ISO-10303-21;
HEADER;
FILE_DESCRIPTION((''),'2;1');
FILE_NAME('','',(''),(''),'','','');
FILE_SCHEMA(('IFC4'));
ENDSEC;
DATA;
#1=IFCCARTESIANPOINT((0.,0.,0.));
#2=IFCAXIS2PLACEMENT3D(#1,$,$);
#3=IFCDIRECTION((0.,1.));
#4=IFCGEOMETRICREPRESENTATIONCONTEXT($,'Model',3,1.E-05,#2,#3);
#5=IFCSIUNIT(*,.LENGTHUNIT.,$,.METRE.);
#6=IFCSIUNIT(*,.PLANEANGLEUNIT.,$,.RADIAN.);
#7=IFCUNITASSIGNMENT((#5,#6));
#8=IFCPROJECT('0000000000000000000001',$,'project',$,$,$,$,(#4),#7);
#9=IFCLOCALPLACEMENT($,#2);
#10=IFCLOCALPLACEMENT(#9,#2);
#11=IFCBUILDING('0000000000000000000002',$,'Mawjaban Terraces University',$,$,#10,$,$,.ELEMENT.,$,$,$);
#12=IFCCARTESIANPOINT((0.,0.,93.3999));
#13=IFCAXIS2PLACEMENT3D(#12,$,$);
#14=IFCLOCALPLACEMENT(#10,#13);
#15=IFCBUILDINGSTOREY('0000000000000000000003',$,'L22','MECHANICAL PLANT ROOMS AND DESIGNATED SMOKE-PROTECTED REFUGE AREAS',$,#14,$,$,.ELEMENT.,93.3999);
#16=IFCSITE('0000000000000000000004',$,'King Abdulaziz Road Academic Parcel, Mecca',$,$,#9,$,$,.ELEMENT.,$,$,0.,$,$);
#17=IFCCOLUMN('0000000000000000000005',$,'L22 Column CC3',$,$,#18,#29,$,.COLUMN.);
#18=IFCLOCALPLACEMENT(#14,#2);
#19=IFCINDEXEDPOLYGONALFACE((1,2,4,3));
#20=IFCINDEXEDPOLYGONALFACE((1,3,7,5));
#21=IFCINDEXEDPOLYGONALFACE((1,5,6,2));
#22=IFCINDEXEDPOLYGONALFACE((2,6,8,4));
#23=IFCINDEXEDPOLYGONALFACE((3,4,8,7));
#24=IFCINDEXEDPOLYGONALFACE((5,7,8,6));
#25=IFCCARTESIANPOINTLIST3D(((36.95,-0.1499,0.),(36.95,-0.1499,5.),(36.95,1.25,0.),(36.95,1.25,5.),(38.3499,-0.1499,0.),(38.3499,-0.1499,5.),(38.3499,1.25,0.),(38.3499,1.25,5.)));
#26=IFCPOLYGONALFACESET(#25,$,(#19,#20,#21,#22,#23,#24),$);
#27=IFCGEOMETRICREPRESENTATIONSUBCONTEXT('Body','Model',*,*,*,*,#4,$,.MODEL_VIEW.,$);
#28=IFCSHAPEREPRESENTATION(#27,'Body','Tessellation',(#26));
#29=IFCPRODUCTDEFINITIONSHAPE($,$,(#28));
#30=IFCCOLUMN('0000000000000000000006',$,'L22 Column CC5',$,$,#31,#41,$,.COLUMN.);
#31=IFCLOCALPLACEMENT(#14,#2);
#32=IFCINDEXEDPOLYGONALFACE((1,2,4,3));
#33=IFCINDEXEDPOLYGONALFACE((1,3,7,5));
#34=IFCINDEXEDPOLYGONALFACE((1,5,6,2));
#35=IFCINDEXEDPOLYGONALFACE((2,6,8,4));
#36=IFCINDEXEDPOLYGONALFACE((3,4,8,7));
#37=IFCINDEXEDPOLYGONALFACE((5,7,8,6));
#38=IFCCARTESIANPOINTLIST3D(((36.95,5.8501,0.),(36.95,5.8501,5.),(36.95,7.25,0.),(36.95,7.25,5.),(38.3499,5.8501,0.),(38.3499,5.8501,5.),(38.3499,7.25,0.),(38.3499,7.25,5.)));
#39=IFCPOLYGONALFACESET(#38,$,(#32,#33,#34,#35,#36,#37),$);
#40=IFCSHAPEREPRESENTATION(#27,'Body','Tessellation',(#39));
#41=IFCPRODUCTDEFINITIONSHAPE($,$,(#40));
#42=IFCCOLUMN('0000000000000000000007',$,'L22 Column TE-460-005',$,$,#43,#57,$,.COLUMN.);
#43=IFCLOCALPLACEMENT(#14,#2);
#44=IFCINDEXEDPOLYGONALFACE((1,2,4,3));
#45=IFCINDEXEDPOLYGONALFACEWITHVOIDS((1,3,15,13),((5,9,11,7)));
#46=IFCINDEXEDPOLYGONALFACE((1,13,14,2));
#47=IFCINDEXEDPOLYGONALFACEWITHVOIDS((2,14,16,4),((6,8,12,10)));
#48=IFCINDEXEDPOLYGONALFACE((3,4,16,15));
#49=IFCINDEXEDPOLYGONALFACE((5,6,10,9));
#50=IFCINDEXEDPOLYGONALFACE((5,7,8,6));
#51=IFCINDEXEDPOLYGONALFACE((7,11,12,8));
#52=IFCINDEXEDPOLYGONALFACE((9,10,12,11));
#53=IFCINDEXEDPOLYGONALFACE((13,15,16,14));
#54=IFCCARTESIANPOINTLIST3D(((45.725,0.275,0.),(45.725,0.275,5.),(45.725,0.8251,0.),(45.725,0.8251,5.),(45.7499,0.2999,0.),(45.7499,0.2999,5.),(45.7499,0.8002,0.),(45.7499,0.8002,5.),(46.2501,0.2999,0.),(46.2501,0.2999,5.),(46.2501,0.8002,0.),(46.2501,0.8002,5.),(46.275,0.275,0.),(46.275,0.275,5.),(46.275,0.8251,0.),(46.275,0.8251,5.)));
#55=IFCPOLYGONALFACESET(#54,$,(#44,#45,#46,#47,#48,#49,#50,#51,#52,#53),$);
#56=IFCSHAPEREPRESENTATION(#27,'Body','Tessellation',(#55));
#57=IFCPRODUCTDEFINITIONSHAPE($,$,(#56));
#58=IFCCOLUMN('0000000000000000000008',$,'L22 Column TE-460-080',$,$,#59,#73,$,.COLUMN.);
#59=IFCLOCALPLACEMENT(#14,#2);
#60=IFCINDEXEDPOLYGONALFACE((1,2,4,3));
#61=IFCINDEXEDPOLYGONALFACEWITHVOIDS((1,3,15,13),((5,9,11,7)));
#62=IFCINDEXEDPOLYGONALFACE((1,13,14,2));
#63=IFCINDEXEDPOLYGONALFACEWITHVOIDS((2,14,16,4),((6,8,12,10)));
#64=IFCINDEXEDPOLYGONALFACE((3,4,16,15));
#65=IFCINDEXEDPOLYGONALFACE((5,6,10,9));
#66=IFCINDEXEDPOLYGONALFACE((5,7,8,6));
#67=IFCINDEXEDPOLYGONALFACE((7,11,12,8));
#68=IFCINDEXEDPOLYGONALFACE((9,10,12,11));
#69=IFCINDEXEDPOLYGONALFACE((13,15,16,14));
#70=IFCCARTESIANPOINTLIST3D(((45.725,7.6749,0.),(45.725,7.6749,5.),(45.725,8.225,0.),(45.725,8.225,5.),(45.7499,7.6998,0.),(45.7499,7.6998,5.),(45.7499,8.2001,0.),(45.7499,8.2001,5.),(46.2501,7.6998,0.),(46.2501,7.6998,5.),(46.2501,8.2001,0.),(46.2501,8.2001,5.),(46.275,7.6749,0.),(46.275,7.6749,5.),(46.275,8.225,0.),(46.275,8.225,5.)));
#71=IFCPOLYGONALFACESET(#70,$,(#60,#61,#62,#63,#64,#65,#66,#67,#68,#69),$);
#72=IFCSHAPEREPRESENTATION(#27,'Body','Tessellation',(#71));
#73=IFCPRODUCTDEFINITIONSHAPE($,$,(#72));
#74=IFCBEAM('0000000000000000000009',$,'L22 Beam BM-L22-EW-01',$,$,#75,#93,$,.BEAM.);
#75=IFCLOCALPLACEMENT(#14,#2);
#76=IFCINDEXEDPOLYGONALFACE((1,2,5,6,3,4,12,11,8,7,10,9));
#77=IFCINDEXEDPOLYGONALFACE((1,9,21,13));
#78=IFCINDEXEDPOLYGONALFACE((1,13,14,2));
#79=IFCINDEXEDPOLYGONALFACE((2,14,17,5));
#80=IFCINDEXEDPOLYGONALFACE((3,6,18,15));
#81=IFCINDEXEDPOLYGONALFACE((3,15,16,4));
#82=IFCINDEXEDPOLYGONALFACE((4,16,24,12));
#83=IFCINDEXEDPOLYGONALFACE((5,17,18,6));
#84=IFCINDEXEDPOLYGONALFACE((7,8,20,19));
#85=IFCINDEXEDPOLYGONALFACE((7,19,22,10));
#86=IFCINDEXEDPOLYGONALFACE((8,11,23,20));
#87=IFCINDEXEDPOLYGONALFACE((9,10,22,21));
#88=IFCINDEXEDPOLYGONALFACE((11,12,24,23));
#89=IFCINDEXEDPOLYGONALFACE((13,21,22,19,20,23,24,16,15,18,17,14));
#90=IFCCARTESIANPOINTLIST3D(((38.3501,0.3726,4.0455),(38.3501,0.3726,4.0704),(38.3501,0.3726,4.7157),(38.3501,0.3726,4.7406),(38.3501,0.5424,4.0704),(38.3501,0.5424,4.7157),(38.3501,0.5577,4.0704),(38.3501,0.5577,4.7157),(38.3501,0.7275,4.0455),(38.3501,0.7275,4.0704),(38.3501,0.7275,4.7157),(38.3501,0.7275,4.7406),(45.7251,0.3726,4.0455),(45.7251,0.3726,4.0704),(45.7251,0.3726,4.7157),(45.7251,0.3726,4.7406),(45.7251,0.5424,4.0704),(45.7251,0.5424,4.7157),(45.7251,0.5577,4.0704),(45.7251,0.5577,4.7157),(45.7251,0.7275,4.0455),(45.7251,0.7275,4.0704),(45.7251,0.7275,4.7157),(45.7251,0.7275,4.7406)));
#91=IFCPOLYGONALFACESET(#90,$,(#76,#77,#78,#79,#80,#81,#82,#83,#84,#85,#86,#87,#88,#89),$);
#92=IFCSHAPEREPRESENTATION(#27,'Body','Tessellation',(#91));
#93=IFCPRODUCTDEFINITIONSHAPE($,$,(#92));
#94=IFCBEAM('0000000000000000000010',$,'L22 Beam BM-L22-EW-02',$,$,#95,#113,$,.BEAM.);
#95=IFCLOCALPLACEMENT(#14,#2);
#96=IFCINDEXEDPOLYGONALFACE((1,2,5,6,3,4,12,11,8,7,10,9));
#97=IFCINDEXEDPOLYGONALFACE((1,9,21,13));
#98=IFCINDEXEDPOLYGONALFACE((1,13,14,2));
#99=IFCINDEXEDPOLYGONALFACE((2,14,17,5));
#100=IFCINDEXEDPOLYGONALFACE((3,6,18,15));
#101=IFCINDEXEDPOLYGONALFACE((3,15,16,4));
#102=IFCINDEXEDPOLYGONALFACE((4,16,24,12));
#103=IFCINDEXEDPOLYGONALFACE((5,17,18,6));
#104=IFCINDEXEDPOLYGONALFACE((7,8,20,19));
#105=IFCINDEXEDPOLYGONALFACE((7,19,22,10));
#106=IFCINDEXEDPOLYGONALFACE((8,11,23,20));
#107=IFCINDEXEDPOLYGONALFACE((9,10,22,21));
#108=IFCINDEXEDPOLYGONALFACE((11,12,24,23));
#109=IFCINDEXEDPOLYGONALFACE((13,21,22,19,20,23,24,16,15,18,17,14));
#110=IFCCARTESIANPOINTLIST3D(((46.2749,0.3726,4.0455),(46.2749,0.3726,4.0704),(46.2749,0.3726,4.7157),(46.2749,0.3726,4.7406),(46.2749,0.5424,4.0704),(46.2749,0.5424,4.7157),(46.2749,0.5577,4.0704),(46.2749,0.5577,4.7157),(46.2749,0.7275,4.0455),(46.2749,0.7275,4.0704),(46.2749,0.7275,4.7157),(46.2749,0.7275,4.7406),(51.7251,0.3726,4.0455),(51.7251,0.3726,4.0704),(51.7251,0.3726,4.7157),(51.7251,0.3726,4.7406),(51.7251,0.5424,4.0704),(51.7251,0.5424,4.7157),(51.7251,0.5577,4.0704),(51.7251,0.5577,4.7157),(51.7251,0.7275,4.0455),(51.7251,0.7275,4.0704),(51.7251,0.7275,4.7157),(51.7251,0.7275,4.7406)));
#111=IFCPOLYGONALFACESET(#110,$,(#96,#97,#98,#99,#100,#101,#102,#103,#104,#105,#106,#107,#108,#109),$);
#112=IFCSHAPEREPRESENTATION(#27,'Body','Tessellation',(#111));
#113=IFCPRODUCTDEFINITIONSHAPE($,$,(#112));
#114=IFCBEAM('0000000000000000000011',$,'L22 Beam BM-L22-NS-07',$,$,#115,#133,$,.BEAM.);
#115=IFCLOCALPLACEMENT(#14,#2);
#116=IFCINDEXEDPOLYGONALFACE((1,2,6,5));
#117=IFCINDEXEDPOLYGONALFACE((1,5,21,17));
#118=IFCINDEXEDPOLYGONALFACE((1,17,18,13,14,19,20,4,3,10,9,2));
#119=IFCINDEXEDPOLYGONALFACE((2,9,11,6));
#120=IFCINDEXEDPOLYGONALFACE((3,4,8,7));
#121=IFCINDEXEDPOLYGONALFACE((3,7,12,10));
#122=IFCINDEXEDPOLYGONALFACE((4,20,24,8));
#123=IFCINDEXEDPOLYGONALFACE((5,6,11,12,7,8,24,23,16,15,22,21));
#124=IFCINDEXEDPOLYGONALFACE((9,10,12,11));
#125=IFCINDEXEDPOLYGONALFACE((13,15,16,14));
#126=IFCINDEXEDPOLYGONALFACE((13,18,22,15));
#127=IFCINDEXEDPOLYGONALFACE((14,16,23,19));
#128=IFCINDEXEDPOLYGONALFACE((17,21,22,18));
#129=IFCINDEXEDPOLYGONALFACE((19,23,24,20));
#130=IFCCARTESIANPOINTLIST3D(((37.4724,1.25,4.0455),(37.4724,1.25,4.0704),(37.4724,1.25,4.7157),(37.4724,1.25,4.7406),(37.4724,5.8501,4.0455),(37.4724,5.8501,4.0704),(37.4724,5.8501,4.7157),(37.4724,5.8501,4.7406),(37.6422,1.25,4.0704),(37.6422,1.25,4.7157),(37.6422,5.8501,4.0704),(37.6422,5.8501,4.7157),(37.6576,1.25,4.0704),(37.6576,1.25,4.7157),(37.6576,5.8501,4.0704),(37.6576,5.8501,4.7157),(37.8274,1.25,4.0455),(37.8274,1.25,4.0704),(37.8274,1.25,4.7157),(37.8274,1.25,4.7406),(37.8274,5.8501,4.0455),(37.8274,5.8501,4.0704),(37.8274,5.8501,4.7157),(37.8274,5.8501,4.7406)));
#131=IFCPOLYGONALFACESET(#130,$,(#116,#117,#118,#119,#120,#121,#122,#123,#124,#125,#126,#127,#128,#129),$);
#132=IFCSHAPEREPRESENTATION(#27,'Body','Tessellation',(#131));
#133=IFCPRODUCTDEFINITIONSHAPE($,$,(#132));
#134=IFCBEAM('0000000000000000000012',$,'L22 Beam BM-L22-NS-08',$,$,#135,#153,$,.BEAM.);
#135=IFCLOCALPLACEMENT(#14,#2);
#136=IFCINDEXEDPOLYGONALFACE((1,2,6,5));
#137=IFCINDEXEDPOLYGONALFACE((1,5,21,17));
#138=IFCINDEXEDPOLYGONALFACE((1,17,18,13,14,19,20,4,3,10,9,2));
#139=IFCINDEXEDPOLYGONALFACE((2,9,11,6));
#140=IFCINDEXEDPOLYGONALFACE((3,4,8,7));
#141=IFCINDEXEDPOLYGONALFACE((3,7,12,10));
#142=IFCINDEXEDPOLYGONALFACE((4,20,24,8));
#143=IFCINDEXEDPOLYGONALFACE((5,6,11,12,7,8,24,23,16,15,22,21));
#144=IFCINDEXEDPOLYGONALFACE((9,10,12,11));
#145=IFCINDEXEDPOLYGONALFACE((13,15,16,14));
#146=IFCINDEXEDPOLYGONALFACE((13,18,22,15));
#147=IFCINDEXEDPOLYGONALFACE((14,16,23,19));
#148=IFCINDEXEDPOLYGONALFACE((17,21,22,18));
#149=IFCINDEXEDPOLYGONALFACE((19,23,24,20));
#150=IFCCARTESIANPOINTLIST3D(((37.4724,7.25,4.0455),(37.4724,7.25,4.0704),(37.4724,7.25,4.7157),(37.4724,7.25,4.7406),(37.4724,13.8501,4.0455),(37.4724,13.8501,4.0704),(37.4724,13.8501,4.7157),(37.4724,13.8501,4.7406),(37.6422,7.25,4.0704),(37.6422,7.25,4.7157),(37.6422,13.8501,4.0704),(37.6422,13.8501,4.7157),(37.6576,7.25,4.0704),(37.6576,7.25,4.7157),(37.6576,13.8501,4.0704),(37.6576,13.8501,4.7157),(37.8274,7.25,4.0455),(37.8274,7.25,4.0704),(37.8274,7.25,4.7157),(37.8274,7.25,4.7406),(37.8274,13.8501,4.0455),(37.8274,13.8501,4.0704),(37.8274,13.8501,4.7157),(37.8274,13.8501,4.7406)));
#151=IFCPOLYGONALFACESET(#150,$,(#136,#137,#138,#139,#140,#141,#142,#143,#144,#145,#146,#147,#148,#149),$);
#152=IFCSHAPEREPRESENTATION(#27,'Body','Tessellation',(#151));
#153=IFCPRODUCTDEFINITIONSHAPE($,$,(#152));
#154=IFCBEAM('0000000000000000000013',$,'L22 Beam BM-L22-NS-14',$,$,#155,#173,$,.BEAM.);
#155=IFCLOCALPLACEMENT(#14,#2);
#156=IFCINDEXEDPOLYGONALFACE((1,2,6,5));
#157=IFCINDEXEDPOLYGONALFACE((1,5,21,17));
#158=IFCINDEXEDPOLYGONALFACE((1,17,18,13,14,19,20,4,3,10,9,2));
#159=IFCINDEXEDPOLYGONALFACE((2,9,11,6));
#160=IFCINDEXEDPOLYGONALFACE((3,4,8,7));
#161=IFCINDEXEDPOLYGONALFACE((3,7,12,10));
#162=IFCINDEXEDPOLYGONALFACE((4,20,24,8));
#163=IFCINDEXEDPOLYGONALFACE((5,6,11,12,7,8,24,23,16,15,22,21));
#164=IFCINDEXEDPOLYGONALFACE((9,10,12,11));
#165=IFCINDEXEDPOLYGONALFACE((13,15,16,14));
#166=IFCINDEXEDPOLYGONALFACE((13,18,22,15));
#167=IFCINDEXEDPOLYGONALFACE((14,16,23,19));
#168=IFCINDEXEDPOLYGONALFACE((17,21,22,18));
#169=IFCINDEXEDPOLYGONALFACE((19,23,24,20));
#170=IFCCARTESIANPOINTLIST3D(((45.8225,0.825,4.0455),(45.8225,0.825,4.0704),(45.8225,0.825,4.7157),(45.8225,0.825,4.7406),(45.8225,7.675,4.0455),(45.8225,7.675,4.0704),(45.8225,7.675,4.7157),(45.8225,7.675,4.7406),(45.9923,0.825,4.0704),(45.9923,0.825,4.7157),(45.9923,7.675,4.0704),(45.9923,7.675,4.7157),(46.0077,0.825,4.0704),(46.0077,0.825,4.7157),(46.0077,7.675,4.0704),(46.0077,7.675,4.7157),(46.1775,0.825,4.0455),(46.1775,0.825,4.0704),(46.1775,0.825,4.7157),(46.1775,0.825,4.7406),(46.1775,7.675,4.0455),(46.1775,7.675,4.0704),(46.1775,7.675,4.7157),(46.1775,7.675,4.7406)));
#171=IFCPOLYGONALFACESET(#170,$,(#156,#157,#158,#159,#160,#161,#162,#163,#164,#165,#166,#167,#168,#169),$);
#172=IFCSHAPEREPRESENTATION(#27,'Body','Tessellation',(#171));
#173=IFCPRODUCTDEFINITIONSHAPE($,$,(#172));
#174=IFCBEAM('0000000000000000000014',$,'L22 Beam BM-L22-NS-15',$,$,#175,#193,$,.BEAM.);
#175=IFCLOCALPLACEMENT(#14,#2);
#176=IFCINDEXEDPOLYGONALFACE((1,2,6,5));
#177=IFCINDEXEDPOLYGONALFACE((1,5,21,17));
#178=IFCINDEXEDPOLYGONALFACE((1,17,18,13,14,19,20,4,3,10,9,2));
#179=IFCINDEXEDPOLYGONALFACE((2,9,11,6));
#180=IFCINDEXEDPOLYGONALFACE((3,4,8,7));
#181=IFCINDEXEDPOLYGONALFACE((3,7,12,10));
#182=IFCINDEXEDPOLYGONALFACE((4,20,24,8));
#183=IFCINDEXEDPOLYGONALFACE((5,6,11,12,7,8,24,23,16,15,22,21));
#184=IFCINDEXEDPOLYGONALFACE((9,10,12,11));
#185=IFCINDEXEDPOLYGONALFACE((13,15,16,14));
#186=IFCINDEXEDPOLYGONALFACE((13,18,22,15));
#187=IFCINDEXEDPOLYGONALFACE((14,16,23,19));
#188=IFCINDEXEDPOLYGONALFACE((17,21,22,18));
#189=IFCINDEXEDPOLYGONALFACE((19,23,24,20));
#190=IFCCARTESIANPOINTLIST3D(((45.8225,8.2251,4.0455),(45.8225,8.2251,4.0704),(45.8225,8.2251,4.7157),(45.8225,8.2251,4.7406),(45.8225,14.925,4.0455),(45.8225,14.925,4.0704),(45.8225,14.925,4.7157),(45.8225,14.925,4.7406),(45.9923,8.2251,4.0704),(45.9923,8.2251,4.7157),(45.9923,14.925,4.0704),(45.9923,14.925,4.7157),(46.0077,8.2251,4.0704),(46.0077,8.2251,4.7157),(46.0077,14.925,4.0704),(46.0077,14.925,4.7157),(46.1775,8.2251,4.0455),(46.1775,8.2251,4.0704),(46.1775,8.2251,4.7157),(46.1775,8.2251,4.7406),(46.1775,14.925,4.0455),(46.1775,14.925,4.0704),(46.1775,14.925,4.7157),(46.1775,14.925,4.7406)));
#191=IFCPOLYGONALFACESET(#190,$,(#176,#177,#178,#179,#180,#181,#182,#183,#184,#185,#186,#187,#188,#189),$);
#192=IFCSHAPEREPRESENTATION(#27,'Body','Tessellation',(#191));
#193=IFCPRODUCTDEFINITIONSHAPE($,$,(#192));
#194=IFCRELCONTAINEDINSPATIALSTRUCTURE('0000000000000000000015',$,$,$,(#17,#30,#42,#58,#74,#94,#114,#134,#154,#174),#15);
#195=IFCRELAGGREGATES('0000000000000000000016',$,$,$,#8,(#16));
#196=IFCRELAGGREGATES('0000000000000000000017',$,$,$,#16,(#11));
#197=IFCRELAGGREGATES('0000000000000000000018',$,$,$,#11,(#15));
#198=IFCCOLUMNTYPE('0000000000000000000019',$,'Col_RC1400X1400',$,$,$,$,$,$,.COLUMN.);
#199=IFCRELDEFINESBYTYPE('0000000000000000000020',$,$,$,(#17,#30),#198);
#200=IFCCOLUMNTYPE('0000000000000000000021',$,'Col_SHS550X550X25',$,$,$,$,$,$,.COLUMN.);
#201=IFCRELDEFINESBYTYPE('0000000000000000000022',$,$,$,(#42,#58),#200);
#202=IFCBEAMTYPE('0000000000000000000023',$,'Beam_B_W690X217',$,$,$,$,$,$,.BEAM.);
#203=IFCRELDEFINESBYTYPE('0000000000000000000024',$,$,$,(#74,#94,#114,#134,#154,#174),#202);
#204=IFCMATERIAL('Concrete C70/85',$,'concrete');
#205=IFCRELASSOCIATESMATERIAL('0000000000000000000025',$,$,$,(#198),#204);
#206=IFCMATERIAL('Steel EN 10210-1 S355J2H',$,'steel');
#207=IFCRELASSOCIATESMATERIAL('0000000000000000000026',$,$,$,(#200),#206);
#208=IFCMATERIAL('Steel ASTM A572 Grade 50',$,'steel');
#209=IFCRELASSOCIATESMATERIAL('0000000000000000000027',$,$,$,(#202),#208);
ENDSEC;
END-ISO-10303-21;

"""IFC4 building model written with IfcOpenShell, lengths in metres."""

from ifc_helpers import new_model, si_unit, direction, frame, origin, origin_2d, place, context, subcontext, project, spatial, rectangle, hollow_rectangle, i_section, extrude, material, material_profile, profile_set, type_object, element, save


model = new_model("IFC4")

# Units and contexts
model_context = context("Model", 3, precision=1e-05, world=origin(), true_north=direction((0.0, 1.0)))
body_context = subcontext(model_context, "Body", "Model", "MODEL_VIEW")
ifc_project = project(units=[si_unit("LENGTHUNIT", "METRE"), si_unit("PLANEANGLEUNIT", "RADIAN")], contexts=[model_context])

# Site, building, storey
site_placement = place(None, origin())
site = spatial("IfcSite", under=ifc_project, at=site_placement, Name="King Abdulaziz Road Academic Parcel, Mecca", CompositionType="ELEMENT", RefElevation=0.0)
building_placement = place(site_placement, origin())
building = spatial("IfcBuilding", under=site, at=building_placement, Name="Mawjaban Terraces University", CompositionType="ELEMENT")
storey_placement = place(building_placement, frame((0.0, 0.0, 93.3999)))
storey = spatial("IfcBuildingStorey", under=building, at=storey_placement, Name="L22", Description="MECHANICAL PLANT ROOMS AND DESIGNATED SMOKE-PROTECTED REFUGE AREAS", CompositionType="ELEMENT", Elevation=93.3999)

# Columns
ifc_material_1 = material(Name="Concrete C70/85", Category="concrete")
ifc_material_profile_1 = material_profile(ifc_material_1, rectangle(XDim=1.3999, YDim=1.3999, at=origin_2d()), Name="RC1400X1400")
ifc_profile_set_1 = profile_set([ifc_material_profile_1], Name="Concrete C70/85")
column_type_1 = type_object("IfcColumnType", Name="Col_RC1400X1400", PredefinedType="COLUMN", material=ifc_profile_set_1)
for number, where, z_axis, x_axis, name in (
    (1, (37.6499, 0.55, 0.0), (0.0, 0.0, 1.0), (1.0, 0.0, 0.0), "L22 Column CC3"),
    (2, (37.6499, 6.55, 0.0), (0.0, 0.0, 1.0), (1.0, 0.0, 0.0), "L22 Column CC5"),
):
    element("IfcColumn", number, at=place(storey_placement, frame(where, z_axis=z_axis, x_axis=x_axis)), inside=storey, type_object=column_type_1, Name=name, PredefinedType="COLUMN", context=body_context, shape_type="SweptSolid", body=[
        extrude(rectangle(XDim=1.3999, YDim=1.3999, at=origin_2d()), origin(), (0.0, 0.0, 1.0), 5.0),
    ])
ifc_material_2 = material(Name="Steel EN 10210-1 S355J2H", Category="steel")
ifc_material_profile_2 = material_profile(ifc_material_2, hollow_rectangle(XDim=0.55, YDim=0.55, WallThickness=0.0249, at=origin_2d()), Name="SHS550X550X25")
ifc_profile_set_2 = profile_set([ifc_material_profile_2], Name="Steel EN 10210-1 S355J2H")
column_type_2 = type_object("IfcColumnType", Name="Col_SHS550X550X25", PredefinedType="COLUMN", material=ifc_profile_set_2)
for number, where, z_axis, x_axis, name in (
    (3, (46.0, 0.55, 0.0), (0.0, 0.0, 1.0), (1.0, 0.0, 0.0), "L22 Column TE-460-005"),
    (4, (46.0, 7.95, 0.0), (0.0, 0.0, 1.0), (1.0, 0.0, 0.0), "L22 Column TE-460-080"),
):
    element("IfcColumn", number, at=place(storey_placement, frame(where, z_axis=z_axis, x_axis=x_axis)), inside=storey, type_object=column_type_2, Name=name, PredefinedType="COLUMN", context=body_context, shape_type="SweptSolid", body=[
        extrude(hollow_rectangle(XDim=0.55, YDim=0.55, WallThickness=0.0249, at=origin_2d()), origin(), (0.0, 0.0, 1.0), 5.0),
    ])

# Beams
ifc_material_3 = material(Name="Steel ASTM A572 Grade 50", Category="steel")
ifc_material_profile_3 = material_profile(ifc_material_3, i_section(OverallWidth=0.355, OverallDepth=0.6951, WebThickness=0.0154, FlangeThickness=0.0249, at=origin_2d()), Name="W690X217")
ifc_profile_set_3 = profile_set([ifc_material_profile_3], Name="Steel ASTM A572 Grade 50")
beam_type_1 = type_object("IfcBeamType", Name="Beam_B_W690X217", PredefinedType="BEAM", material=ifc_profile_set_3)
beam_1_placement = place(storey_placement, frame((38.3501, 0.55, 4.3931), z_axis=(1.0, 0.0, 0.0), x_axis=(0.0, 1.0, 0.0)))
element("IfcBeam", 5, at=beam_1_placement, inside=storey, type_object=beam_type_1, Name="L22 Beam BM-L22-EW-01", PredefinedType="BEAM", context=body_context, shape_type="SweptSolid", body=[
    extrude(i_section(OverallWidth=0.355, OverallDepth=0.6951, WebThickness=0.0154, FlangeThickness=0.0249, at=origin_2d()), origin(), (0.0, 0.0, 1.0), 7.375),
])
beam_2_placement = place(storey_placement, frame((46.2749, 0.55, 4.3931), z_axis=(1.0, 0.0, 0.0), x_axis=(0.0, 1.0, 0.0)))
element("IfcBeam", 6, at=beam_2_placement, inside=storey, type_object=beam_type_1, Name="L22 Beam BM-L22-EW-02", PredefinedType="BEAM", context=body_context, shape_type="SweptSolid", body=[
    extrude(i_section(OverallWidth=0.355, OverallDepth=0.6951, WebThickness=0.0154, FlangeThickness=0.0249, at=origin_2d()), origin(), (0.0, 0.0, 1.0), 5.4502),
])
beam_3_placement = place(storey_placement, frame((37.6499, 1.25, 4.3931), z_axis=(0.0, 1.0, 0.0), x_axis=(-1.0, 0.0, 0.0)))
element("IfcBeam", 7, at=beam_3_placement, inside=storey, type_object=beam_type_1, Name="L22 Beam BM-L22-NS-07", PredefinedType="BEAM", context=body_context, shape_type="SweptSolid", body=[
    extrude(i_section(OverallWidth=0.355, OverallDepth=0.6951, WebThickness=0.0154, FlangeThickness=0.0249, at=origin_2d()), origin(), (0.0, 0.0, 1.0), 4.6001),
])
beam_4_placement = place(storey_placement, frame((37.6499, 7.25, 4.3931), z_axis=(0.0, 1.0, 0.0), x_axis=(-1.0, 0.0, 0.0)))
element("IfcBeam", 8, at=beam_4_placement, inside=storey, type_object=beam_type_1, Name="L22 Beam BM-L22-NS-08", PredefinedType="BEAM", context=body_context, shape_type="SweptSolid", body=[
    extrude(i_section(OverallWidth=0.355, OverallDepth=0.6951, WebThickness=0.0154, FlangeThickness=0.0249, at=origin_2d()), origin(), (0.0, 0.0, 1.0), 6.6001),
])
beam_5_placement = place(storey_placement, frame((46.0, 0.825, 4.3931), z_axis=(0.0, 1.0, 0.0), x_axis=(-1.0, 0.0, 0.0)))
element("IfcBeam", 9, at=beam_5_placement, inside=storey, type_object=beam_type_1, Name="L22 Beam BM-L22-NS-14", PredefinedType="BEAM", context=body_context, shape_type="SweptSolid", body=[
    extrude(i_section(OverallWidth=0.355, OverallDepth=0.6951, WebThickness=0.0154, FlangeThickness=0.0249, at=origin_2d()), origin(), (0.0, 0.0, 1.0), 6.8501),
])
beam_6_placement = place(storey_placement, frame((46.0, 8.2251, 4.3931), z_axis=(0.0, 1.0, 0.0), x_axis=(-1.0, 0.0, 0.0)))
element("IfcBeam", 10, at=beam_6_placement, inside=storey, type_object=beam_type_1, Name="L22 Beam BM-L22-NS-15", PredefinedType="BEAM", context=body_context, shape_type="SweptSolid", body=[
    extrude(i_section(OverallWidth=0.355, OverallDepth=0.6951, WebThickness=0.0154, FlangeThickness=0.0249, at=origin_2d()), origin(), (0.0, 0.0, 1.0), 6.7),
])

save(model, "model.ifc")
